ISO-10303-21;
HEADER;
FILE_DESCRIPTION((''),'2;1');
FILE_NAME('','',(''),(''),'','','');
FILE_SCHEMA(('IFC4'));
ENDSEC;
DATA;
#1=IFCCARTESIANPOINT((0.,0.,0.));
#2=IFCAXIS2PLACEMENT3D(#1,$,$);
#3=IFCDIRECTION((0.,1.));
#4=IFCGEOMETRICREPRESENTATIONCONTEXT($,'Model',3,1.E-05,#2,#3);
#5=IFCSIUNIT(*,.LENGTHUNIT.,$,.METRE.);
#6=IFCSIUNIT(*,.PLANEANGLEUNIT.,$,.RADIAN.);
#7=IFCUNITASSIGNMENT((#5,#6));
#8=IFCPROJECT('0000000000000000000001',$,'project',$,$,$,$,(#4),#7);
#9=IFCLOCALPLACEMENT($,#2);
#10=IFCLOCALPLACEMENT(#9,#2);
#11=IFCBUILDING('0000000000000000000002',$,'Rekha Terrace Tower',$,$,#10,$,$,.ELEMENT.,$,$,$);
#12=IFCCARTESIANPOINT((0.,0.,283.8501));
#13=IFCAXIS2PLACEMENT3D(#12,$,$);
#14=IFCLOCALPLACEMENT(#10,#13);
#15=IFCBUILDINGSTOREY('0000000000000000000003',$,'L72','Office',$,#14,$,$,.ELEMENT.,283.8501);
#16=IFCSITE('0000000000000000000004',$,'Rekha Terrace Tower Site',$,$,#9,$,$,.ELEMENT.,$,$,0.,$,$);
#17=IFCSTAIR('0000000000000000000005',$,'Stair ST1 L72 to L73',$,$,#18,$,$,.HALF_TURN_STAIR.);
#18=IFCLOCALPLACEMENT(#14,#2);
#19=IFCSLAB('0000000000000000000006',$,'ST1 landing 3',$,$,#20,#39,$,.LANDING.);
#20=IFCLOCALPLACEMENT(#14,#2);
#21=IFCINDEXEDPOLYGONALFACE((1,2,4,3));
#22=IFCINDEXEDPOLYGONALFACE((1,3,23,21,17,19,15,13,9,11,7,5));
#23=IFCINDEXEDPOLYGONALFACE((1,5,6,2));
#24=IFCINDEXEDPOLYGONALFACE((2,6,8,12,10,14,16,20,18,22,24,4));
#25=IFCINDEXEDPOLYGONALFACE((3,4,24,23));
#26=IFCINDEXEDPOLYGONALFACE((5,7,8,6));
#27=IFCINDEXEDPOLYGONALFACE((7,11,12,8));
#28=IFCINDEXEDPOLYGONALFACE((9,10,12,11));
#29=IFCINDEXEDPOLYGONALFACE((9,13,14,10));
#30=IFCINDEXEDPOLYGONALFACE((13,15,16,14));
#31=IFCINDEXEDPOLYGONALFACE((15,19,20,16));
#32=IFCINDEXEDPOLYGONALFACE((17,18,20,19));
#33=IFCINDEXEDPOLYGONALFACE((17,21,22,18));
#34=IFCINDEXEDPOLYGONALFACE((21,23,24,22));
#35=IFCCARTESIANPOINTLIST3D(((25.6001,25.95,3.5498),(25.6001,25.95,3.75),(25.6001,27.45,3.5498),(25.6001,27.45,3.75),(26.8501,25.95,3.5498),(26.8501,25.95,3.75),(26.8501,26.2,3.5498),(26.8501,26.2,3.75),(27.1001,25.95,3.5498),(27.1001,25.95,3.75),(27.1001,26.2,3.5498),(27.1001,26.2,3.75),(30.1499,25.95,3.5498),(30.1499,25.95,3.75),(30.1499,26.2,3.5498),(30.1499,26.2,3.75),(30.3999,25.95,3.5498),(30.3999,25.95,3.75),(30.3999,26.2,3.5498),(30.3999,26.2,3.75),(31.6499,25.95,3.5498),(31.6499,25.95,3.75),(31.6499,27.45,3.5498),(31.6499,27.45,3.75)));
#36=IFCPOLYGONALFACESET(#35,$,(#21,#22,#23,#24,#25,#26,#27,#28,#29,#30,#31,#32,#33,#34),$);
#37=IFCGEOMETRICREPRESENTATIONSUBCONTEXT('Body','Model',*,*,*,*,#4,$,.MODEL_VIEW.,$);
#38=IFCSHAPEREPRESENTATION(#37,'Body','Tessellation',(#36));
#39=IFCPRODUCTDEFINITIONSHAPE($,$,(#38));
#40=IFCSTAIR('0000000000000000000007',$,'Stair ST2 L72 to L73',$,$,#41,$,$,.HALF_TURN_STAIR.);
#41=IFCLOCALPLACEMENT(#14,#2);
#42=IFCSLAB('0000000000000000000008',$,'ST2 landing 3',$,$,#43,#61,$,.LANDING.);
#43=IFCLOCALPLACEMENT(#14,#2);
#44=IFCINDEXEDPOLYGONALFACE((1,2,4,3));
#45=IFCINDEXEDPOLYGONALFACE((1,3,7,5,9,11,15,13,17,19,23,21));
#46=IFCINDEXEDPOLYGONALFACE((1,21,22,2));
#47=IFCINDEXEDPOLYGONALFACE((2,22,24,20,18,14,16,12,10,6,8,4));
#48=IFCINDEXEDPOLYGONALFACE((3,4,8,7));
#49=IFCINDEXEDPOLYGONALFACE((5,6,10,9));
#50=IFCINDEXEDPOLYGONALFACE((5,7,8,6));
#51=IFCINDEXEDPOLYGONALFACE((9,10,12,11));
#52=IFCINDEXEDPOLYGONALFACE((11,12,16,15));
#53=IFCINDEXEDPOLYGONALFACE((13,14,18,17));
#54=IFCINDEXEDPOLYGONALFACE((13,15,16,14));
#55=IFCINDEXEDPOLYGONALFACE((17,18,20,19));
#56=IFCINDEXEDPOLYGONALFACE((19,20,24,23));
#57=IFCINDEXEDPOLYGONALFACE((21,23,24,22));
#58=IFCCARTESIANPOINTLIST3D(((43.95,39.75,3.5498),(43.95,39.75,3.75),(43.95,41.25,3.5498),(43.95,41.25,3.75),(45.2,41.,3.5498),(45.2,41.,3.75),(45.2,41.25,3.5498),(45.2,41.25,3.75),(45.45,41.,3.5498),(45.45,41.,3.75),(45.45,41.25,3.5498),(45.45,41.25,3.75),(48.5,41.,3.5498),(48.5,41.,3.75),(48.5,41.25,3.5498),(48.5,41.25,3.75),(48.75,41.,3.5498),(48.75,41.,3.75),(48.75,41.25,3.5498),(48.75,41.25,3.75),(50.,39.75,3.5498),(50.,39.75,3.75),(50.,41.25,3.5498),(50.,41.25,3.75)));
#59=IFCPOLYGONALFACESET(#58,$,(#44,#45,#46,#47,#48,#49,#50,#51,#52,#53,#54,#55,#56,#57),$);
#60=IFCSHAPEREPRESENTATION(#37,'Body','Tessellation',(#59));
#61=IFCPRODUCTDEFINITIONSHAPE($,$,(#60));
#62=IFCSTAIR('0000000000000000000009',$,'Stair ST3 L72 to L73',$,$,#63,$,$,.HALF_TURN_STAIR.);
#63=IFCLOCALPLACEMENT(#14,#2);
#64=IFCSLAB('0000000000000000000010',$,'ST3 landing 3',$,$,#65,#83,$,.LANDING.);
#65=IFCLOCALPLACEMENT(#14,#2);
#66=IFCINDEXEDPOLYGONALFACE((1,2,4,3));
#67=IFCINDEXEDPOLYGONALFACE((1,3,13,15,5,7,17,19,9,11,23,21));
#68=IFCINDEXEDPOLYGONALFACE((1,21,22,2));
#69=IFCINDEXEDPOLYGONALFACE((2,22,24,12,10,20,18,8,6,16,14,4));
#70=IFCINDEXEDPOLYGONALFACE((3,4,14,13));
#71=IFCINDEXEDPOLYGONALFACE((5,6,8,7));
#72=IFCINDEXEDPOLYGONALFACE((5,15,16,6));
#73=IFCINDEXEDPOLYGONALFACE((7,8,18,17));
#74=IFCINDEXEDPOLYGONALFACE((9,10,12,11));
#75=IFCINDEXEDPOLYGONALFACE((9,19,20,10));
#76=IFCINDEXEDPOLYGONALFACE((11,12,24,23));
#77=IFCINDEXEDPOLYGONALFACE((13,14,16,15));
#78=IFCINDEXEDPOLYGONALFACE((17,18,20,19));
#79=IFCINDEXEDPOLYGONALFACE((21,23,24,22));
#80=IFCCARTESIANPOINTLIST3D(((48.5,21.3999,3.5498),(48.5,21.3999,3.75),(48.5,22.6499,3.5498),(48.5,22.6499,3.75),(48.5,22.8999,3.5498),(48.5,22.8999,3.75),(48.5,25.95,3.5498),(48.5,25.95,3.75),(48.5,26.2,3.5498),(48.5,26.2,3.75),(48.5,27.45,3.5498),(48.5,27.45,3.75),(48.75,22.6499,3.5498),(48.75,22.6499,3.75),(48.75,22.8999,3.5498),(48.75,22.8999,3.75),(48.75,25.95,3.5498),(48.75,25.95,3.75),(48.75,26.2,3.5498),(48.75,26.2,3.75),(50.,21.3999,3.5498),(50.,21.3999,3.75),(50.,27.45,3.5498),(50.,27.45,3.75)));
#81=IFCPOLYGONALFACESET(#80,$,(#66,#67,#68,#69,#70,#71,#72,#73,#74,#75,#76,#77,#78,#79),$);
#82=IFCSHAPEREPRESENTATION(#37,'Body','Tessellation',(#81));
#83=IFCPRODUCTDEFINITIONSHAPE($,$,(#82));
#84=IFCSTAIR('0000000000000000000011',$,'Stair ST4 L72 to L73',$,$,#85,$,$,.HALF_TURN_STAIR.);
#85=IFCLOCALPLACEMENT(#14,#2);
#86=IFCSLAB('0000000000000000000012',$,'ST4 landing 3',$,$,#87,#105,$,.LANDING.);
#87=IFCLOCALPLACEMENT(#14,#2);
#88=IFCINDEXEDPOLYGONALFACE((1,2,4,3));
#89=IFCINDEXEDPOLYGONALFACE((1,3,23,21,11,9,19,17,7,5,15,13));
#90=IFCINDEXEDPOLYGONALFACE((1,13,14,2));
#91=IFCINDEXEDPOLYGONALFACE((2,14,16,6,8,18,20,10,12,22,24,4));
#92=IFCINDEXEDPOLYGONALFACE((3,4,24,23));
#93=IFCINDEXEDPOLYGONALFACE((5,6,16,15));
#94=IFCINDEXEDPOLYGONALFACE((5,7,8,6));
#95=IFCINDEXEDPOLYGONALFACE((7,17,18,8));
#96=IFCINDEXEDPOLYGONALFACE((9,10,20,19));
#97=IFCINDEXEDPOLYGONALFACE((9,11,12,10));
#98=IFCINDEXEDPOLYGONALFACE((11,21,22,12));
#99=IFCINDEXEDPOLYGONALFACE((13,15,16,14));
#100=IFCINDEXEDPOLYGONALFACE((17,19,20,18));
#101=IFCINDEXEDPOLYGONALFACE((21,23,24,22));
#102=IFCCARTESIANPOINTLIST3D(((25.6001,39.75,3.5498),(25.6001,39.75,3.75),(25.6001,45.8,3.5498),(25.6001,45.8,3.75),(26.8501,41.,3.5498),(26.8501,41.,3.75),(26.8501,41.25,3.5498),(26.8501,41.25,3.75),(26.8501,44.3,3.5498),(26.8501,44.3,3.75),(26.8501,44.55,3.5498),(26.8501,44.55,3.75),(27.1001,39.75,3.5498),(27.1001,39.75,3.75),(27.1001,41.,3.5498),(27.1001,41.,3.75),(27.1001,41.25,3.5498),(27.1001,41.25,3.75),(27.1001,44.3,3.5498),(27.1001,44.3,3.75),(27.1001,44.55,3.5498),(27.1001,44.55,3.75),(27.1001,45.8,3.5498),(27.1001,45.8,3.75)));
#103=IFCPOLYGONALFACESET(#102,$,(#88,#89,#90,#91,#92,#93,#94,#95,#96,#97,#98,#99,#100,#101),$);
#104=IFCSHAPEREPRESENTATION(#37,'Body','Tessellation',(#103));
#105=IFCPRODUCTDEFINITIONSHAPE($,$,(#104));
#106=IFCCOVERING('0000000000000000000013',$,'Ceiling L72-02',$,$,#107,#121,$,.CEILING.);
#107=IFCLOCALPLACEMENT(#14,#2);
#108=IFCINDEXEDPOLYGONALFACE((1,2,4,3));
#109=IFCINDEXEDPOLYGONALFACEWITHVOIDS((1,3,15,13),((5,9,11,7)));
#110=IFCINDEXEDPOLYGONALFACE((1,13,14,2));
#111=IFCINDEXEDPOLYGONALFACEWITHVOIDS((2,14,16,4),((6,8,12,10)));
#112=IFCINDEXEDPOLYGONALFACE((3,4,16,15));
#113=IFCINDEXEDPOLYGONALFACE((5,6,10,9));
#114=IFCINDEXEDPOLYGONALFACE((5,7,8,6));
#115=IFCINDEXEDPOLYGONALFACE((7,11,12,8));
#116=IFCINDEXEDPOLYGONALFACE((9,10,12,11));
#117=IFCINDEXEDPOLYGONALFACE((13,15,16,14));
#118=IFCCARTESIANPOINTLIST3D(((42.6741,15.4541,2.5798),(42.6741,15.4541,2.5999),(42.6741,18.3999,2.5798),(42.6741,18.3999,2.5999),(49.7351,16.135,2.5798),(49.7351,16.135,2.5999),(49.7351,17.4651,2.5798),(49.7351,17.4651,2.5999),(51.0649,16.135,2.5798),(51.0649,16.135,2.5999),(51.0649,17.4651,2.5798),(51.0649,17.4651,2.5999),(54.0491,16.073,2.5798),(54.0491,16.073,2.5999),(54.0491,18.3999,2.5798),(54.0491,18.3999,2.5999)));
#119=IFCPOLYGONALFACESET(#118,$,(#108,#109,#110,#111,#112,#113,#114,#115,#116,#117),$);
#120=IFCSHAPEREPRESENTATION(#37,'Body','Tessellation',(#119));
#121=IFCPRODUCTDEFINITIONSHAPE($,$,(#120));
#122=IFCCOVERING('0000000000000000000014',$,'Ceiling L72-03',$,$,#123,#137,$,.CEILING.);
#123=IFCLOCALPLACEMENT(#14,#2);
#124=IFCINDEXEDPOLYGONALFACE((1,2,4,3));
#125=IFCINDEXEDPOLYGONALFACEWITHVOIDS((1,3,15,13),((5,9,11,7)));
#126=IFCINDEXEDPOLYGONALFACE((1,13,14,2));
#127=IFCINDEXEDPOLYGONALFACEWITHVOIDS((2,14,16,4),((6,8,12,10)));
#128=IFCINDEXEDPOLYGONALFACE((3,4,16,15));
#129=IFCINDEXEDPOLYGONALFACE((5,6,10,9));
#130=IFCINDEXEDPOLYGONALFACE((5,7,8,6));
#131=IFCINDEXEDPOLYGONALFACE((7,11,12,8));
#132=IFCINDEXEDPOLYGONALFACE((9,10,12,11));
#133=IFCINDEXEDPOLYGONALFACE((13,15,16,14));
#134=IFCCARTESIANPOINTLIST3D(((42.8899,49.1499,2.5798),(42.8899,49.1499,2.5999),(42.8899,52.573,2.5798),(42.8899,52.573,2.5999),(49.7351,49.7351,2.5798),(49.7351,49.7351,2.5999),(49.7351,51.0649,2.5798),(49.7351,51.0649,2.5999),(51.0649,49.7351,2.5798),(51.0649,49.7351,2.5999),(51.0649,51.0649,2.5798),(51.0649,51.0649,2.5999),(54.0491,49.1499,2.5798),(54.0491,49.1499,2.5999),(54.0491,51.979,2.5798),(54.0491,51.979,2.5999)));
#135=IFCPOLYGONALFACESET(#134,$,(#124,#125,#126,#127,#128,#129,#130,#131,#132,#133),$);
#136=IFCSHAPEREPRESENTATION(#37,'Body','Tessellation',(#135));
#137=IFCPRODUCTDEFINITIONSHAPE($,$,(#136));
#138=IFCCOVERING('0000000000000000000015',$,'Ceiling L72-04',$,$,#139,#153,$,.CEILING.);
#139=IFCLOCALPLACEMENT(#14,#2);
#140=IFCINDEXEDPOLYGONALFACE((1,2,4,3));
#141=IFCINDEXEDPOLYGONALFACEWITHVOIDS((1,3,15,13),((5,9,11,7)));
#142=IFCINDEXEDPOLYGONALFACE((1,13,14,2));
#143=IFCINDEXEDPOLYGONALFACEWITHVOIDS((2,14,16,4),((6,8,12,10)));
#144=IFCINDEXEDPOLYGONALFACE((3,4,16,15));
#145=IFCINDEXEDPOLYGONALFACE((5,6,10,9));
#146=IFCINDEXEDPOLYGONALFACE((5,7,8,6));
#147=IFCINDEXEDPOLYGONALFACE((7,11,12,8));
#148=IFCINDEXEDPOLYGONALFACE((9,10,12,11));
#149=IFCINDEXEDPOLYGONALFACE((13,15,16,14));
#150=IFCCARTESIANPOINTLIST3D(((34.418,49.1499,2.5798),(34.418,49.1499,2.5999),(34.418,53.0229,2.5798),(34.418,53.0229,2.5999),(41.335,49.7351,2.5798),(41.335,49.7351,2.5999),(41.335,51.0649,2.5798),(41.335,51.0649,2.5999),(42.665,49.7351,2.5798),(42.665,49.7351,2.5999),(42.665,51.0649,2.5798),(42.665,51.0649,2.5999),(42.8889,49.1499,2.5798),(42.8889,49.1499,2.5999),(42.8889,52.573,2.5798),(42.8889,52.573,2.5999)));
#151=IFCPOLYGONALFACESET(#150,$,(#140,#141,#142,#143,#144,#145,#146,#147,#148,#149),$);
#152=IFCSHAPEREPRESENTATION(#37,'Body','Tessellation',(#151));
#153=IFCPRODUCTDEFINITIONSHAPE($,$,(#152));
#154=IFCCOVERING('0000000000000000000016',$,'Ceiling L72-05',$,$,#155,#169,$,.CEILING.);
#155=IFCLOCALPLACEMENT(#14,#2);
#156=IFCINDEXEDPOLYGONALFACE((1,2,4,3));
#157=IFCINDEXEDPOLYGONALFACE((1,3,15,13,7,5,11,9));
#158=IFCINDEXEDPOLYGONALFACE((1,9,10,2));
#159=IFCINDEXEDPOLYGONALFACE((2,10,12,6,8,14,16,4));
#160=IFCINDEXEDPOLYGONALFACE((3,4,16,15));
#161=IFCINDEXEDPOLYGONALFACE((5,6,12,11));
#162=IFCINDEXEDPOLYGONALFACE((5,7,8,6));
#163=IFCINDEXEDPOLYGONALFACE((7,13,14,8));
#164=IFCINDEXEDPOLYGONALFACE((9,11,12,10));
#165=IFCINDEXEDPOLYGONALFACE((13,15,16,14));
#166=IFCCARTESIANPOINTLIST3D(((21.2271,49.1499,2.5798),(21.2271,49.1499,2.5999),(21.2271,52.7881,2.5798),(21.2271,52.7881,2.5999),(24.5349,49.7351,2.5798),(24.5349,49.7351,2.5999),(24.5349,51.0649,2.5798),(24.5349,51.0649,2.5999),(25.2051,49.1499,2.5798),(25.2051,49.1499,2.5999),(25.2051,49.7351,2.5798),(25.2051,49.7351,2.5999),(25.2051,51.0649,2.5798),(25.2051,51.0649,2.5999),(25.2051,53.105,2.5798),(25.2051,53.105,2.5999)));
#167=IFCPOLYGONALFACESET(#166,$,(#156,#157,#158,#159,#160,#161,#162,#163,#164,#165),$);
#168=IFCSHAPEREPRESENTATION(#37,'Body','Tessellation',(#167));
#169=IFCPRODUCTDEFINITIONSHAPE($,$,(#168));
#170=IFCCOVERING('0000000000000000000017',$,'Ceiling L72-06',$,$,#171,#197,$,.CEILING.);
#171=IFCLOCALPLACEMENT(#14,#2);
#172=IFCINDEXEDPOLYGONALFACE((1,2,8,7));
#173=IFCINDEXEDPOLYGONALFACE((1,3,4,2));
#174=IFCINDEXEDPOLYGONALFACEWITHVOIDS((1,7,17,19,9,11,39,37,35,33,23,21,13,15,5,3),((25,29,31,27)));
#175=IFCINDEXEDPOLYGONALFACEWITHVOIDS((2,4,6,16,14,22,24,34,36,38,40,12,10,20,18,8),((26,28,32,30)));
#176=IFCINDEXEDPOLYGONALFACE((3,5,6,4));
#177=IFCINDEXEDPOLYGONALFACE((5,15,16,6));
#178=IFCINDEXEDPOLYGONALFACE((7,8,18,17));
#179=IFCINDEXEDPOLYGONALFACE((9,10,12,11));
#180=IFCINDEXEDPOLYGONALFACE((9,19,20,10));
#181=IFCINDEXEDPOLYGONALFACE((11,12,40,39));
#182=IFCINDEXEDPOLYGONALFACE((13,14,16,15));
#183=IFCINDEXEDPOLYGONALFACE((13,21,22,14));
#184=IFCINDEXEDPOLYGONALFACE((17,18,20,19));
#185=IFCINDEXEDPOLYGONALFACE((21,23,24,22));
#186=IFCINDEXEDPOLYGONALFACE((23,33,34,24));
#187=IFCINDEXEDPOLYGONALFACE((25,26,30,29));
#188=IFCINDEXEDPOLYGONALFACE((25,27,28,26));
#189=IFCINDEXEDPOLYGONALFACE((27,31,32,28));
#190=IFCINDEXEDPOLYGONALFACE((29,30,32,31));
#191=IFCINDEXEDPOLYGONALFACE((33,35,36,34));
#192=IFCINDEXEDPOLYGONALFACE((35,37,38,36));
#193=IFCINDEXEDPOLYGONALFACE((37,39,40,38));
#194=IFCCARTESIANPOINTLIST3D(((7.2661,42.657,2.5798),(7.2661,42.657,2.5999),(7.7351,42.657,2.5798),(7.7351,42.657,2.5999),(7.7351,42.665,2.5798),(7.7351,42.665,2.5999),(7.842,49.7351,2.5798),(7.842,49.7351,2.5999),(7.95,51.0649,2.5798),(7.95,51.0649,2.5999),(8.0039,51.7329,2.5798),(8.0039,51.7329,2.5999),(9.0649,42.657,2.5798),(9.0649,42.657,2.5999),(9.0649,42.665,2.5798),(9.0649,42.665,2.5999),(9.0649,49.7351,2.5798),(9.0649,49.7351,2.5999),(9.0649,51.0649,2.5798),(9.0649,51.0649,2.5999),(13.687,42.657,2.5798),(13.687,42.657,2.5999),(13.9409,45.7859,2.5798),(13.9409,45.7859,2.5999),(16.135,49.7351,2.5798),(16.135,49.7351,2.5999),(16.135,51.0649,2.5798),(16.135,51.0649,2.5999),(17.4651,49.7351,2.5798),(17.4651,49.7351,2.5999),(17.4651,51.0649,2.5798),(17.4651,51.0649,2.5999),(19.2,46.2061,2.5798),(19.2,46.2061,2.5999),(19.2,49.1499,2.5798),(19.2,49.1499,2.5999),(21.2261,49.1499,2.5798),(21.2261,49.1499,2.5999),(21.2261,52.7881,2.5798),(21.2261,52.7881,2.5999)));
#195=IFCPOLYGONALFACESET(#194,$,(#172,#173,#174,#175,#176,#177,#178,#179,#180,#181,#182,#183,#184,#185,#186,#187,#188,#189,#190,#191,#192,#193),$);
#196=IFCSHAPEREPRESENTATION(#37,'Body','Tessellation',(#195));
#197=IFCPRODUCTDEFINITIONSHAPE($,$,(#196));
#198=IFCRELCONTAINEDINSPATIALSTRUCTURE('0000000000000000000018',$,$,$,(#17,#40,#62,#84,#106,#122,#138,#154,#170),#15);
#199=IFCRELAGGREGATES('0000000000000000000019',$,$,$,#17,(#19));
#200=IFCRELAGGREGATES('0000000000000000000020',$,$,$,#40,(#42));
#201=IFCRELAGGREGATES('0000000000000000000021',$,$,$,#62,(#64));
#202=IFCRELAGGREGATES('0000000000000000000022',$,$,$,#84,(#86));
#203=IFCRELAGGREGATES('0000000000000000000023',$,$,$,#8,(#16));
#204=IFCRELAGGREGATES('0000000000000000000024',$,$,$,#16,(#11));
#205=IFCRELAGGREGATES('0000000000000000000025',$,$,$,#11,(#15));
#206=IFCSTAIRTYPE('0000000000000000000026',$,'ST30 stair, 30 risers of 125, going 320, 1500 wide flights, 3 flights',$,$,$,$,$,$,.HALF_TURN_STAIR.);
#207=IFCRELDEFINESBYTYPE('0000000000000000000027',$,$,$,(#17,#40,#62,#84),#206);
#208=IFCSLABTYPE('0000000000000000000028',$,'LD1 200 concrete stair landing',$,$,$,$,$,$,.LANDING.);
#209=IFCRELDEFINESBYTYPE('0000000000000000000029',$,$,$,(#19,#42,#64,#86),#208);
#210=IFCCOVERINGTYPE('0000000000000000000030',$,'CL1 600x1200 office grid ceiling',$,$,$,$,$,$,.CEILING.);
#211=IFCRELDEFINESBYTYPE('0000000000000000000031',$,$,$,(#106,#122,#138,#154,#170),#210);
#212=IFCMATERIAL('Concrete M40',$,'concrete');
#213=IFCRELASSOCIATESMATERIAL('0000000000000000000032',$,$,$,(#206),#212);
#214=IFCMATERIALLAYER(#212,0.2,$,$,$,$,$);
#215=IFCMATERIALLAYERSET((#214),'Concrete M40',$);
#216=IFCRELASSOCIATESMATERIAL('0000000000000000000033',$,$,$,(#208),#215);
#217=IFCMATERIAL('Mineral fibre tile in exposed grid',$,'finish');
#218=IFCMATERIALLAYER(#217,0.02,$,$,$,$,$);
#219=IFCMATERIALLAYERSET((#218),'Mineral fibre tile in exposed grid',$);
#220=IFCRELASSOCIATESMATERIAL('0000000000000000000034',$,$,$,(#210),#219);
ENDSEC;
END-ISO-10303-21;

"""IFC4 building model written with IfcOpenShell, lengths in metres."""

from ifc_helpers import new_model, si_unit, direction, frame, origin, place, context, subcontext, project, spatial, polyline, outline, extrude, material, layer, layer_set, type_object, element, aggregate, save


model = new_model("IFC4")

# Units and contexts
model_context = context("Model", 3, precision=1e-05, world=origin(), true_north=direction((0.0, 1.0)))
body_context = subcontext(model_context, "Body", "Model", "MODEL_VIEW")
ifc_project = project(units=[si_unit("LENGTHUNIT", "METRE"), si_unit("PLANEANGLEUNIT", "RADIAN")], contexts=[model_context])

# Site, building, storey
site_placement = place(None, origin())
site = spatial("IfcSite", under=ifc_project, at=site_placement, Name="Rekha Terrace Tower Site", CompositionType="ELEMENT", RefElevation=0.0)
building_placement = place(site_placement, origin())
building = spatial("IfcBuilding", under=site, at=building_placement, Name="Rekha Terrace Tower", CompositionType="ELEMENT")
storey_placement = place(building_placement, frame((0.0, 0.0, 283.8501)))
storey = spatial("IfcBuildingStorey", under=building, at=storey_placement, Name="L72", Description="Office", CompositionType="ELEMENT", Elevation=283.8501)

# Stairs, slabs
ifc_material_1 = material(Name="Concrete M40", Category="concrete")
stair_type = type_object("IfcStairType", Name="ST30 stair, 30 risers of 125, going 320, 1500 wide flights, 3 flights", PredefinedType="HALF_TURN_STAIR", material=ifc_material_1)
stair_1_placement = place(storey_placement, origin())
stair_1 = element("IfcStair", 1, at=stair_1_placement, inside=storey, type_object=stair_type, Name="Stair ST1 L72 to L73", PredefinedType="HALF_TURN_STAIR")
ifc_layer_1 = layer(ifc_material_1, 0.2)
ifc_layer_set_1 = layer_set([ifc_layer_1], Name="Concrete M40")
slab_type = type_object("IfcSlabType", Name="LD1 200 concrete stair landing", PredefinedType="LANDING", material=ifc_layer_set_1)
slab_1_placement = place(storey_placement, frame((0.0, 0.0, 3.5498)))
slab_1 = element("IfcSlab", 2, at=slab_1_placement, type_object=slab_type, Name="ST1 landing 3", PredefinedType="LANDING", context=body_context, shape_type="SweptSolid", body=[
    extrude(outline(polyline([(31.6499, 25.95), (31.6499, 27.45), (25.6001, 27.45), (25.6001, 25.95), (26.8501, 25.95), (26.8501, 26.2), (27.1001, 26.2), (27.1001, 25.95), (30.1499, 25.95), (30.1499, 26.2), (30.3999, 26.2), (30.3999, 25.95), (31.6499, 25.95)])), origin(), (0.0, 0.0, 1.0), 0.2002),
])
aggregate(stair_1, [slab_1])
stair_2_placement = place(storey_placement, origin())
stair_2 = element("IfcStair", 3, at=stair_2_placement, inside=storey, type_object=stair_type, Name="Stair ST2 L72 to L73", PredefinedType="HALF_TURN_STAIR")
slab_2_placement = place(storey_placement, frame((0.0, 0.0, 3.5498)))
slab_2 = element("IfcSlab", 4, at=slab_2_placement, type_object=slab_type, Name="ST2 landing 3", PredefinedType="LANDING", context=body_context, shape_type="SweptSolid", body=[
    extrude(outline(polyline([(43.95, 41.25), (43.95, 39.75), (50.0, 39.75), (50.0, 41.25), (48.75, 41.25), (48.75, 41.0), (48.5, 41.0), (48.5, 41.25), (45.45, 41.25), (45.45, 41.0), (45.2, 41.0), (45.2, 41.25), (43.95, 41.25)])), origin(), (0.0, 0.0, 1.0), 0.2002),
])
aggregate(stair_2, [slab_2])
stair_3_placement = place(storey_placement, origin())
stair_3 = element("IfcStair", 5, at=stair_3_placement, inside=storey, type_object=stair_type, Name="Stair ST3 L72 to L73", PredefinedType="HALF_TURN_STAIR")
slab_3_placement = place(storey_placement, frame((0.0, 0.0, 3.5498)))
slab_3 = element("IfcSlab", 6, at=slab_3_placement, type_object=slab_type, Name="ST3 landing 3", PredefinedType="LANDING", context=body_context, shape_type="SweptSolid", body=[
    extrude(outline(polyline([(48.5, 21.3999), (50.0, 21.3999), (50.0, 27.45), (48.5, 27.45), (48.5, 26.2), (48.75, 26.2), (48.75, 25.95), (48.5, 25.95), (48.5, 22.8999), (48.75, 22.8999), (48.75, 22.6499), (48.5, 22.6499), (48.5, 21.3999)])), origin(), (0.0, 0.0, 1.0), 0.2002),
])
aggregate(stair_3, [slab_3])
stair_4_placement = place(storey_placement, origin())
stair_4 = element("IfcStair", 7, at=stair_4_placement, inside=storey, type_object=stair_type, Name="Stair ST4 L72 to L73", PredefinedType="HALF_TURN_STAIR")
slab_4_placement = place(storey_placement, frame((0.0, 0.0, 3.5498)))
slab_4 = element("IfcSlab", 8, at=slab_4_placement, type_object=slab_type, Name="ST4 landing 3", PredefinedType="LANDING", context=body_context, shape_type="SweptSolid", body=[
    extrude(outline(polyline([(27.1001, 39.75), (25.6001, 39.75), (25.6001, 45.8), (27.1001, 45.8), (27.1001, 44.55), (26.8501, 44.55), (26.8501, 44.3), (27.1001, 44.3), (27.1001, 41.25), (26.8501, 41.25), (26.8501, 41.0), (27.1001, 41.0), (27.1001, 39.75)])), origin(), (0.0, 0.0, 1.0), 0.2002),
])
aggregate(stair_4, [slab_4])

# Coverings
ifc_material_2 = material(Name="Mineral fibre tile in exposed grid", Category="finish")
ifc_layer_2 = layer(ifc_material_2, 0.02)
ifc_layer_set_2 = layer_set([ifc_layer_2], Name="Mineral fibre tile in exposed grid")
covering_type_1 = type_object("IfcCoveringType", Name="CL1 600x1200 office grid ceiling", PredefinedType="CEILING", material=ifc_layer_set_2)
covering_1_placement = place(storey_placement, frame((0.0, 0.0, 2.5798)))
element("IfcCovering", 9, at=covering_1_placement, inside=storey, type_object=covering_type_1, Name="Ceiling L72-02", PredefinedType="CEILING", context=body_context, shape_type="SweptSolid", body=[
    extrude(outline(polyline([(54.0491, 16.073), (54.0491, 18.3999), (42.6741, 18.3999), (42.6741, 15.4541), (54.0491, 16.073)]), holes=[polyline([(51.0649, 16.135), (49.7351, 16.135), (49.7351, 17.4651), (51.0649, 17.4651), (51.0649, 16.135)])]), origin(), (0.0, 0.0, 1.0), 0.02),
])
covering_2_placement = place(storey_placement, frame((0.0, 0.0, 2.5798)))
element("IfcCovering", 10, at=covering_2_placement, inside=storey, type_object=covering_type_1, Name="Ceiling L72-03", PredefinedType="CEILING", context=body_context, shape_type="SweptSolid", body=[
    extrude(outline(polyline([(54.0491, 49.1499), (54.0491, 51.979), (42.8899, 52.573), (42.8899, 49.1499), (54.0491, 49.1499)]), holes=[polyline([(51.0649, 51.0649), (51.0649, 49.7351), (49.7351, 49.7351), (49.7351, 51.0649), (51.0649, 51.0649)])]), origin(), (0.0, 0.0, 1.0), 0.02),
])
covering_3_placement = place(storey_placement, frame((0.0, 0.0, 2.5798)))
element("IfcCovering", 11, at=covering_3_placement, inside=storey, type_object=covering_type_1, Name="Ceiling L72-04", PredefinedType="CEILING", context=body_context, shape_type="SweptSolid", body=[
    extrude(outline(polyline([(42.8889, 49.1499), (42.8889, 52.573), (34.418, 53.0229), (34.418, 49.1499), (42.8889, 49.1499)]), holes=[polyline([(42.665, 49.7351), (41.335, 49.7351), (41.335, 51.0649), (42.665, 51.0649), (42.665, 49.7351)])]), origin(), (0.0, 0.0, 1.0), 0.02),
])
covering_4_placement = place(storey_placement, frame((0.0, 0.0, 2.5798)))
element("IfcCovering", 12, at=covering_4_placement, inside=storey, type_object=covering_type_1, Name="Ceiling L72-05", PredefinedType="CEILING", context=body_context, shape_type="SweptSolid", body=[
    extrude(outline(polyline([(25.2051, 51.0649), (25.2051, 53.105), (21.2271, 52.7881), (21.2271, 49.1499), (25.2051, 49.1499), (25.2051, 49.7351), (24.5349, 49.7351), (24.5349, 51.0649), (25.2051, 51.0649)])), origin(), (0.0, 0.0, 1.0), 0.02),
])
covering_5_placement = place(storey_placement, frame((0.0, 0.0, 2.5798)))
element("IfcCovering", 13, at=covering_5_placement, inside=storey, type_object=covering_type_1, Name="Ceiling L72-06", PredefinedType="CEILING", context=body_context, shape_type="SweptSolid", body=[
    extrude(outline(polyline([(7.2661, 42.657), (7.7351, 42.657), (7.7351, 42.665), (9.0649, 42.665), (9.0649, 42.657), (13.687, 42.657), (13.9409, 45.7859), (19.2, 46.2061), (19.2, 49.1499), (21.2261, 49.1499), (21.2261, 52.7881), (8.0039, 51.7329), (7.95, 51.0649), (9.0649, 51.0649), (9.0649, 49.7351), (7.842, 49.7351), (7.2661, 42.657)]), holes=[polyline([(17.4651, 49.7351), (16.135, 49.7351), (16.135, 51.0649), (17.4651, 51.0649), (17.4651, 49.7351)])]), origin(), (0.0, 0.0, 1.0), 0.02),
])

save(model, "model.ifc")
